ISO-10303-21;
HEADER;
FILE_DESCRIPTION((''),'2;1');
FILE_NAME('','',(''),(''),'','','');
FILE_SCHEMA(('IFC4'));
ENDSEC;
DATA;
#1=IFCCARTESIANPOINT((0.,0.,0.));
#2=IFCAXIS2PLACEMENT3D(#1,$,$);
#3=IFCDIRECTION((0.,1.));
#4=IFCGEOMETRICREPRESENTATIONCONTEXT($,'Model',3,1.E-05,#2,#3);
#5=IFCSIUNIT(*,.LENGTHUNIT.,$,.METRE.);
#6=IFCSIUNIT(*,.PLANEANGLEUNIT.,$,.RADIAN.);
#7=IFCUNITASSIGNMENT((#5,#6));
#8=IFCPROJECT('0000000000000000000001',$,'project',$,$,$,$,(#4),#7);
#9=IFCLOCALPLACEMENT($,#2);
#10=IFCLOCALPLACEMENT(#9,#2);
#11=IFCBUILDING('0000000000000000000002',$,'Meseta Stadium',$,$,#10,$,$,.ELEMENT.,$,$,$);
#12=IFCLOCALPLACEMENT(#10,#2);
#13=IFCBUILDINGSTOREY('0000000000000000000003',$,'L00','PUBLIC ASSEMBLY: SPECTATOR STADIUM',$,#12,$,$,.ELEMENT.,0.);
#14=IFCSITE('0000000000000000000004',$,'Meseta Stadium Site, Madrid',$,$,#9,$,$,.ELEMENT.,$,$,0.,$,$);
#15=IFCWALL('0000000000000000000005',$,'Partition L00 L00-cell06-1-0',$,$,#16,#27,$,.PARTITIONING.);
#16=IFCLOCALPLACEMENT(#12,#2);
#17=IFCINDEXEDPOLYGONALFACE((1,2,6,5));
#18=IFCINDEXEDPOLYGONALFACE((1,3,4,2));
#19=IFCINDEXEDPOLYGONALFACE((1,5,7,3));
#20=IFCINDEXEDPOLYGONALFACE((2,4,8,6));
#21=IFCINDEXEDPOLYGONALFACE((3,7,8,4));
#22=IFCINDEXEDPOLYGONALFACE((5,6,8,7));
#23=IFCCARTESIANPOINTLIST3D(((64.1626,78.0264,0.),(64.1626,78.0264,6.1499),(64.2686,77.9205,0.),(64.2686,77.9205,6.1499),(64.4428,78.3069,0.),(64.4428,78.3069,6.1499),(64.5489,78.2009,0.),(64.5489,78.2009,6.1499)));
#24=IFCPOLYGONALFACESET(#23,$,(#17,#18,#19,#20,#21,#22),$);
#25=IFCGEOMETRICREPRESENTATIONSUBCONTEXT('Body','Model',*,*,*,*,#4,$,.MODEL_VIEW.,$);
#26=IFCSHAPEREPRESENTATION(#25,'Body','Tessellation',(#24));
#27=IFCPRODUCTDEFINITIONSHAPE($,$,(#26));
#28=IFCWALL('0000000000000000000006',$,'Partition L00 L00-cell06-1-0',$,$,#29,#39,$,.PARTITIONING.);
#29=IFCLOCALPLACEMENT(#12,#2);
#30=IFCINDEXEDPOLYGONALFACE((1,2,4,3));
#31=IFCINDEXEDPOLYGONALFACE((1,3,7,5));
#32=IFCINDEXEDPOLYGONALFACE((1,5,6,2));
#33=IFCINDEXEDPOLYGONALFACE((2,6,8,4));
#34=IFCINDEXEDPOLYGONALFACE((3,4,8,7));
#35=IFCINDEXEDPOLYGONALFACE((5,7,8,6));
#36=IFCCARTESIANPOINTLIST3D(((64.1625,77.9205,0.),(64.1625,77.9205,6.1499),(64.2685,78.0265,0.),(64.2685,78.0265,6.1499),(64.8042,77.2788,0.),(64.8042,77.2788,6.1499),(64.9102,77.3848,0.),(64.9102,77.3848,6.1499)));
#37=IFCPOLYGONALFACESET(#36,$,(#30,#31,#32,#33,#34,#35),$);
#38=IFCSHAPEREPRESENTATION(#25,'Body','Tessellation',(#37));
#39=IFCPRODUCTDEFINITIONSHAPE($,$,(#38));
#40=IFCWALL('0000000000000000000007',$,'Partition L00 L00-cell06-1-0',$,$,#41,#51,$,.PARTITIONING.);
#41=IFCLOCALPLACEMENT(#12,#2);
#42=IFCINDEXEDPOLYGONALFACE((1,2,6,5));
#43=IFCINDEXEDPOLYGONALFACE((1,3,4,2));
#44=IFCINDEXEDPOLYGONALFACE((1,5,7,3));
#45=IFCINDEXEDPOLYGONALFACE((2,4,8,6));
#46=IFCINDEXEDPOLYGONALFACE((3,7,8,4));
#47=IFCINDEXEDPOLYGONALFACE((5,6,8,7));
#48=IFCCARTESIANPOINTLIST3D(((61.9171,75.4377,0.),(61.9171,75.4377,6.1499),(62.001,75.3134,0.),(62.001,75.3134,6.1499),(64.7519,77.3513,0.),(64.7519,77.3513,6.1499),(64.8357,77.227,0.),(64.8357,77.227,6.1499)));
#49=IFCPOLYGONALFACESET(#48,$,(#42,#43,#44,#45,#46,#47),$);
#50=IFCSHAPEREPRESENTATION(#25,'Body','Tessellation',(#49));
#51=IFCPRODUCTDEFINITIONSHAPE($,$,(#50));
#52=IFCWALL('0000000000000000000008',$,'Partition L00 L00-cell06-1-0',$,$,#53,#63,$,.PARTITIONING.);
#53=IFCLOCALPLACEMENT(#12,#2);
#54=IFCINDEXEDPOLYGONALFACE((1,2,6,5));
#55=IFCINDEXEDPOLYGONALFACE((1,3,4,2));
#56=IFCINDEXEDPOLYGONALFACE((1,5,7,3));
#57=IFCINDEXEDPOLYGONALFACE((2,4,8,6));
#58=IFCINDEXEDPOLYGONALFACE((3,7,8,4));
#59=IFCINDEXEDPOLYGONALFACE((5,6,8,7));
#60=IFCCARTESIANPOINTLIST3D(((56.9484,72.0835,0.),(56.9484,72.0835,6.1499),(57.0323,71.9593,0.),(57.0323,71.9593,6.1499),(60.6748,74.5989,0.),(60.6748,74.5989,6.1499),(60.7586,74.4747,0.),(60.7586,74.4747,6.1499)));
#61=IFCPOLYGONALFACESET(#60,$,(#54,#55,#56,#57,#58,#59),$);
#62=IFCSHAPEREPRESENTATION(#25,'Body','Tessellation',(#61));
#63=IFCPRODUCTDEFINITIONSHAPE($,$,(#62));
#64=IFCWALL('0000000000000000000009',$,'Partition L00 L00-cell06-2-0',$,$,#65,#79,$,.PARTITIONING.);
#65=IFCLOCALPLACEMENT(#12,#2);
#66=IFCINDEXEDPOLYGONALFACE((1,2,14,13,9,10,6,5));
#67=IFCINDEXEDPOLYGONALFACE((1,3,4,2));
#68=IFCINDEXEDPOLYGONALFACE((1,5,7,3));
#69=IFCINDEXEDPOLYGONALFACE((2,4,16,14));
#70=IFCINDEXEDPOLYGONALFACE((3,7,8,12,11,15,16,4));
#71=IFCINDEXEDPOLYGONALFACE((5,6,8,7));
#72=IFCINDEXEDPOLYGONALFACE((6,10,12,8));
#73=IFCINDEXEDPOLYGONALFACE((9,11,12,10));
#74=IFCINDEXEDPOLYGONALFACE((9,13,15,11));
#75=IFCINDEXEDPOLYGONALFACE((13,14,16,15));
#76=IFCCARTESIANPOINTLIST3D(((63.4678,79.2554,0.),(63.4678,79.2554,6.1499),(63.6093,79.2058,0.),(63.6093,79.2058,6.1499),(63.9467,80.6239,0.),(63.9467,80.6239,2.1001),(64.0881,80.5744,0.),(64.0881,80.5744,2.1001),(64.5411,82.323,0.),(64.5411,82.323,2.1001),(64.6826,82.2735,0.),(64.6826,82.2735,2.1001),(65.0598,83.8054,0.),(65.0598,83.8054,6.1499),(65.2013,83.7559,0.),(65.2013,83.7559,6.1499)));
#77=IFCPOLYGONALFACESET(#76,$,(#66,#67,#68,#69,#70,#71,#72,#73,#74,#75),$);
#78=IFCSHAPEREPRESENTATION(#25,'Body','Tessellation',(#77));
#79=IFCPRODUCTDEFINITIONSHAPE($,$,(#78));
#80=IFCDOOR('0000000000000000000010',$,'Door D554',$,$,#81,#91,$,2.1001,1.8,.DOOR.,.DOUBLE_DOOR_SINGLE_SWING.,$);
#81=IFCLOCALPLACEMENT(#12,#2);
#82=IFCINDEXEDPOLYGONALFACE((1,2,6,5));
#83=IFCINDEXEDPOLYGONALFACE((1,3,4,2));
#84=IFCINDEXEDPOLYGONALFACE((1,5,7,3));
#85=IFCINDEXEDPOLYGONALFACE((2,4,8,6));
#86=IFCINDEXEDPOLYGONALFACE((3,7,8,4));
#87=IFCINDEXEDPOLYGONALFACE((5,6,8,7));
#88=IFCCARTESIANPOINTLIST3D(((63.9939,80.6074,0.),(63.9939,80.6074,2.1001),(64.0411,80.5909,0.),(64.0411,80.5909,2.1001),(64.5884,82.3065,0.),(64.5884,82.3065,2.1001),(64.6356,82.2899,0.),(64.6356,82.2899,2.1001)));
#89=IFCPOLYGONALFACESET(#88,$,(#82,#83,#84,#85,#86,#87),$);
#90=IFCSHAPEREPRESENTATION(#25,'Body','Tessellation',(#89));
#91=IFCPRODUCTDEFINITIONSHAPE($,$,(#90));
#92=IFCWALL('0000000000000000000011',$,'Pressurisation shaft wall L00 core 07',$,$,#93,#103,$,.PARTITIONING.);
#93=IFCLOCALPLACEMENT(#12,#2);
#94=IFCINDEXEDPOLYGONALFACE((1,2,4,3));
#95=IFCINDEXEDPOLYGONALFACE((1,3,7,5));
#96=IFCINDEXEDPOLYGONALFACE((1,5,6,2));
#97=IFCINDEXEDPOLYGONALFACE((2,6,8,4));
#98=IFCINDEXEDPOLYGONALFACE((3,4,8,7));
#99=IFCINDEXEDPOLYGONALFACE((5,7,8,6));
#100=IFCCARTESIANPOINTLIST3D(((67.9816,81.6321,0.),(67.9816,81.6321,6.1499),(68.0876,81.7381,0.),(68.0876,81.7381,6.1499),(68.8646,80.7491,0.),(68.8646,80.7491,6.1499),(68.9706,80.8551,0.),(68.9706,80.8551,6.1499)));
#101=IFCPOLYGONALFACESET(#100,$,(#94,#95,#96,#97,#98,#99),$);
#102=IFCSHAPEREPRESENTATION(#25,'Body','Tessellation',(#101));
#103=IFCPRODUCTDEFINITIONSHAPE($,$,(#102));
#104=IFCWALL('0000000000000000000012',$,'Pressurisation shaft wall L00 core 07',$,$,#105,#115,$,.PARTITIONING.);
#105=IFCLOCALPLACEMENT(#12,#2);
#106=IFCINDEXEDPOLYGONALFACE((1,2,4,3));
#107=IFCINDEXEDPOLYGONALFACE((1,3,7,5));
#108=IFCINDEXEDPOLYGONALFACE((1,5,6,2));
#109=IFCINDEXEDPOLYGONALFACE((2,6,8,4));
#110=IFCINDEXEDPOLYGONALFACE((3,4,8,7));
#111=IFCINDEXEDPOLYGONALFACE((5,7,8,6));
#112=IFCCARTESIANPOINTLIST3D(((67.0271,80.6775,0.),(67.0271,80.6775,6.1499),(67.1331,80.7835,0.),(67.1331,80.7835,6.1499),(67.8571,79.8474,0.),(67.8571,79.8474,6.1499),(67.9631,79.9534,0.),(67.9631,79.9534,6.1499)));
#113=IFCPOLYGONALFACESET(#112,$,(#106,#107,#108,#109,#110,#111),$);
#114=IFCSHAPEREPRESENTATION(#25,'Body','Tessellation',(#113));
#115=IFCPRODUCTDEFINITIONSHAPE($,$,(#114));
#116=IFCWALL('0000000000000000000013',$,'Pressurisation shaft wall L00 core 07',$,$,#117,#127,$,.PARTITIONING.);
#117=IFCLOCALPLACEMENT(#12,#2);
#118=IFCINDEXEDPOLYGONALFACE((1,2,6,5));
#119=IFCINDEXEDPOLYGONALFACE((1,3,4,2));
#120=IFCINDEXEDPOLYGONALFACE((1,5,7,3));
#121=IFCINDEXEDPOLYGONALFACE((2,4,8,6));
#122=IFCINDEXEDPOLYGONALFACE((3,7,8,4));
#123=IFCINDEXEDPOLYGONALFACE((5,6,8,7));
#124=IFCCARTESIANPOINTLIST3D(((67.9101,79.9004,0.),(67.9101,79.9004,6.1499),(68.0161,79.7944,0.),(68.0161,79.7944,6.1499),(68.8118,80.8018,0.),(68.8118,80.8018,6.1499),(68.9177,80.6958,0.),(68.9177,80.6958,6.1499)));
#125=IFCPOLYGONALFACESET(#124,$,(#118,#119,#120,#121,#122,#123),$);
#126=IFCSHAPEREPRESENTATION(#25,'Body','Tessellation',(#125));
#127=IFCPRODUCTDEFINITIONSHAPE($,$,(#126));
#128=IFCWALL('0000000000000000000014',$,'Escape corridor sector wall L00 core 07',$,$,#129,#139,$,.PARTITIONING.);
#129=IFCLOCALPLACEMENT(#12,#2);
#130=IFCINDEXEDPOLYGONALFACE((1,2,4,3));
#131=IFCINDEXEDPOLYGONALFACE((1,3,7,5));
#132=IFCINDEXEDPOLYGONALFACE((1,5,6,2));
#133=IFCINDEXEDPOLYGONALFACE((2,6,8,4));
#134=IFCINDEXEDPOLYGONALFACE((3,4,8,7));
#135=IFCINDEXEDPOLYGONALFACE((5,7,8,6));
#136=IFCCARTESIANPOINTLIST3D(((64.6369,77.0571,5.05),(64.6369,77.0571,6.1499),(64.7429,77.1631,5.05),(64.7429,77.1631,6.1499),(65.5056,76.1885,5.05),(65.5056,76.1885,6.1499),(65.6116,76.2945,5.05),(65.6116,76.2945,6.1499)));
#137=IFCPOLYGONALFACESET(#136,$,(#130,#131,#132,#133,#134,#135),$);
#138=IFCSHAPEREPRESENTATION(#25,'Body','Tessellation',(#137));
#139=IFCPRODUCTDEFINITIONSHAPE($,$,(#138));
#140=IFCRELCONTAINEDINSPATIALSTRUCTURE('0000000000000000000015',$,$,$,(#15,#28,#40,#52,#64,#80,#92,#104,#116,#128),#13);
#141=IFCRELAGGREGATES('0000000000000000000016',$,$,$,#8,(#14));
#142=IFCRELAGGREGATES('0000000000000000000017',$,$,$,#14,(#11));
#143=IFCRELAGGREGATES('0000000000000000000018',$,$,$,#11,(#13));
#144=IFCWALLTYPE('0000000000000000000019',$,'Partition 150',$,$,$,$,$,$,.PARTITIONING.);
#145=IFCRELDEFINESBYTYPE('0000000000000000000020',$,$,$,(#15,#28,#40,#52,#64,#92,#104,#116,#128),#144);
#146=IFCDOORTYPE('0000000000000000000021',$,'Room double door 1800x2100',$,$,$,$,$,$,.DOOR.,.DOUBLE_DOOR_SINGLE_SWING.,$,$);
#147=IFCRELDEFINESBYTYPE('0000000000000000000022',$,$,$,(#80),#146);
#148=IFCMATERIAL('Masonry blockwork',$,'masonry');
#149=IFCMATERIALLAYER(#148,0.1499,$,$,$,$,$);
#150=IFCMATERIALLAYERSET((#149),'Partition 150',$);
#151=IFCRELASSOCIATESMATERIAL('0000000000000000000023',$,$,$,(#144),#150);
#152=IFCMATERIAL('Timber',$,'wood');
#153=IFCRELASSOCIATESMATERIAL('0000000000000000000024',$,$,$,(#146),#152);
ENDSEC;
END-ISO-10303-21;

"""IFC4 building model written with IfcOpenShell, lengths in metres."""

from ifc_helpers import new_model, si_unit, direction, frame, frame_2d, origin, place, context, subcontext, project, spatial, rectangle, extrude, material, layer, layer_set, type_object, element, fill, save


model = new_model("IFC4")

# Units and contexts
model_context = context("Model", 3, precision=1e-05, world=origin(), true_north=direction((0.0, 1.0)))
body_context = subcontext(model_context, "Body", "Model", "MODEL_VIEW")
ifc_project = project(units=[si_unit("LENGTHUNIT", "METRE"), si_unit("PLANEANGLEUNIT", "RADIAN")], contexts=[model_context])

# Site, building, storey
site_placement = place(None, origin())
site = spatial("IfcSite", under=ifc_project, at=site_placement, Name="Meseta Stadium Site, Madrid", CompositionType="ELEMENT", RefElevation=0.0)
building_placement = place(site_placement, origin())
building = spatial("IfcBuilding", under=site, at=building_placement, Name="Meseta Stadium", CompositionType="ELEMENT")
storey_placement = place(building_placement, origin())
storey = spatial("IfcBuildingStorey", under=building, at=storey_placement, Name="L00", Description="PUBLIC ASSEMBLY: SPECTATOR STADIUM", CompositionType="ELEMENT", Elevation=0.0)

# Walls
ifc_material_1 = material(Name="Masonry blockwork", Category="masonry")
ifc_layer_1 = layer(ifc_material_1, 0.1499)
ifc_layer_set_1 = layer_set([ifc_layer_1], Name="Partition 150")
wall_type_1 = type_object("IfcWallType", Name="Partition 150", PredefinedType="PARTITIONING", material=ifc_layer_set_1)
wall_1_placement = place(storey_placement, frame((64.4958, 78.2539, 0.0), z_axis=(0.0, 0.0, 1.0), x_axis=(-0.706799, -0.707415, 0.0)))
element("IfcWall", 1, at=wall_1_placement, inside=storey, type_object=wall_type_1, Name="Partition L00 L00-cell06-1-0", PredefinedType="PARTITIONING", context=body_context, shape_type="SweptSolid", body=[
    extrude(rectangle(XDim=0.3965, YDim=0.1499, at=frame_2d((0.1982, 0.0))), origin(), (0.0, 0.0, 1.0), 6.1499),
])
wall_2_placement = place(storey_placement, frame((64.2156, 77.9734, 0.0), z_axis=(0.0, 0.0, 1.0), x_axis=(0.707107, -0.707107, 0.0)))
element("IfcWall", 2, at=wall_2_placement, inside=storey, type_object=wall_type_1, Name="Partition L00 L00-cell06-1-0", PredefinedType="PARTITIONING", context=body_context, shape_type="SweptSolid", body=[
    extrude(rectangle(XDim=0.9075, YDim=0.1499, at=frame_2d((0.4536, 0.0))), origin(), (0.0, 0.0, 1.0), 6.1499),
])
wall_3_placement = place(storey_placement, frame((64.7937, 77.2891, 0.0), z_axis=(0.0, 0.0, 1.0), x_axis=(-0.82883, -0.559501, 0.0)))
element("IfcWall", 3, at=wall_3_placement, inside=storey, type_object=wall_type_1, Name="Partition L00 L00-cell06-1-0", PredefinedType="PARTITIONING", context=body_context, shape_type="SweptSolid", body=[
    extrude(rectangle(XDim=3.4202, YDim=0.1499, at=frame_2d((1.71, 0.0))), origin(), (0.0, 0.0, 1.0), 6.1499),
])
wall_4_placement = place(storey_placement, frame((60.7168, 74.5369, 0.0), z_axis=(0.0, 0.0, 1.0), x_axis=(-0.828837, -0.559491, 0.0)))
element("IfcWall", 4, at=wall_4_placement, inside=storey, type_object=wall_type_1, Name="Partition L00 L00-cell06-1-0", PredefinedType="PARTITIONING", context=body_context, shape_type="SweptSolid", body=[
    extrude(rectangle(XDim=4.4958, YDim=0.1499, at=frame_2d((2.248, 0.0))), origin(), (0.0, 0.0, 1.0), 6.1499),
])

# Wall, opening, door
wall_5_placement = place(storey_placement, frame((63.5386, 79.2307, 0.0), z_axis=(0.0, 0.0, 1.0), x_axis=(0.330262, 0.943889, 0.0)))
wall_5 = element("IfcWall", 5, at=wall_5_placement, inside=storey, type_object=wall_type_1, Name="Partition L00 L00-cell06-2-0", PredefinedType="PARTITIONING", context=body_context, shape_type="SweptSolid", body=[
    extrude(rectangle(XDim=4.8206, YDim=0.1499, at=frame_2d((2.4102, 0.0))), origin(), (0.0, 0.0, 1.0), 6.1499),
])
opening_1_placement = place(wall_5_placement, frame((1.45, 0.0, 0.0)))
opening_1 = element("IfcOpeningElement", 6, at=opening_1_placement, cuts=wall_5, PredefinedType="OPENING", context=body_context, shape_type="SweptSolid", body=[
    extrude(rectangle(XDim=1.8, YDim=2.1001, at=frame_2d((0.8999, 1.05))), frame((0.0, 0.085, 0.0), z_axis=(0.0, -1.0, 0.0), x_axis=(1.0, 0.0, 0.0)), (0.0, 0.0, 1.0), 0.1699),
])
ifc_material_2 = material(Name="Timber", Category="wood")
door_type_1 = type_object("IfcDoorType", Name="Room double door 1800x2100", OperationType="DOUBLE_DOOR_SINGLE_SWING", PredefinedType="DOOR", material=ifc_material_2)
door_1_placement = place(opening_1_placement, origin())
door_1 = element("IfcDoor", 7, at=door_1_placement, inside=storey, type_object=door_type_1, Name="Door D554", OperationType="DOUBLE_DOOR_SINGLE_SWING", OverallHeight=2.1001, OverallWidth=1.8, PredefinedType="DOOR", context=body_context, shape_type="SweptSolid", body=[
    extrude(rectangle(XDim=1.8, YDim=2.1001, at=frame_2d((0.8999, 1.05))), frame((0.0, 0.0249, 0.0), z_axis=(0.0, -1.0, 0.0), x_axis=(1.0, 0.0, 0.0)), (0.0, 0.0, 1.0), 0.05),
])
fill(opening_1, door_1)

# Walls
wall_6_placement = place(storey_placement, frame((68.9177, 80.802, 0.0), z_axis=(0.0, 0.0, 1.0), x_axis=(-0.707107, 0.707107, 0.0)))
element("IfcWall", 8, at=wall_6_placement, inside=storey, type_object=wall_type_1, Name="Pressurisation shaft wall L00 core 07", PredefinedType="PARTITIONING", context=body_context, shape_type="SweptSolid", body=[
    extrude(rectangle(XDim=1.2488, YDim=0.1499, at=frame_2d((0.6245, 0.0))), origin(), (0.0, 0.0, 1.0), 6.1499),
])
wall_7_placement = place(storey_placement, frame((67.0801, 80.7305, 0.0), z_axis=(0.0, 0.0, 1.0), x_axis=(0.707107, -0.707107, 0.0)))
element("IfcWall", 9, at=wall_7_placement, inside=storey, type_object=wall_type_1, Name="Pressurisation shaft wall L00 core 07", PredefinedType="PARTITIONING", context=body_context, shape_type="SweptSolid", body=[
    extrude(rectangle(XDim=1.1738, YDim=0.1499, at=frame_2d((0.5869, 0.0))), origin(), (0.0, 0.0, 1.0), 6.1499),
])
wall_8_placement = place(storey_placement, frame((67.9631, 79.8474, 0.0), z_axis=(0.0, 0.0, 1.0), x_axis=(0.707203, 0.707011, 0.0)))
element("IfcWall", 10, at=wall_8_placement, inside=storey, type_object=wall_type_1, Name="Pressurisation shaft wall L00 core 07", PredefinedType="PARTITIONING", context=body_context, shape_type="SweptSolid", body=[
    extrude(rectangle(XDim=1.2749, YDim=0.1499, at=frame_2d((0.6375, 0.0))), origin(), (0.0, 0.0, 1.0), 6.1499),
])
wall_9_placement = place(storey_placement, frame((65.5586, 76.2415, 5.05), z_axis=(0.0, 0.0, 1.0), x_axis=(-0.707107, 0.707107, 0.0)))
element("IfcWall", 11, at=wall_9_placement, inside=storey, type_object=wall_type_1, Name="Escape corridor sector wall L00 core 07", PredefinedType="PARTITIONING", context=body_context, shape_type="SweptSolid", body=[
    extrude(rectangle(XDim=1.2285, YDim=0.1499, at=frame_2d((0.6143, 0.0))), origin(), (0.0, 0.0, 1.0), 1.0999),
])

save(model, "model.ifc")
